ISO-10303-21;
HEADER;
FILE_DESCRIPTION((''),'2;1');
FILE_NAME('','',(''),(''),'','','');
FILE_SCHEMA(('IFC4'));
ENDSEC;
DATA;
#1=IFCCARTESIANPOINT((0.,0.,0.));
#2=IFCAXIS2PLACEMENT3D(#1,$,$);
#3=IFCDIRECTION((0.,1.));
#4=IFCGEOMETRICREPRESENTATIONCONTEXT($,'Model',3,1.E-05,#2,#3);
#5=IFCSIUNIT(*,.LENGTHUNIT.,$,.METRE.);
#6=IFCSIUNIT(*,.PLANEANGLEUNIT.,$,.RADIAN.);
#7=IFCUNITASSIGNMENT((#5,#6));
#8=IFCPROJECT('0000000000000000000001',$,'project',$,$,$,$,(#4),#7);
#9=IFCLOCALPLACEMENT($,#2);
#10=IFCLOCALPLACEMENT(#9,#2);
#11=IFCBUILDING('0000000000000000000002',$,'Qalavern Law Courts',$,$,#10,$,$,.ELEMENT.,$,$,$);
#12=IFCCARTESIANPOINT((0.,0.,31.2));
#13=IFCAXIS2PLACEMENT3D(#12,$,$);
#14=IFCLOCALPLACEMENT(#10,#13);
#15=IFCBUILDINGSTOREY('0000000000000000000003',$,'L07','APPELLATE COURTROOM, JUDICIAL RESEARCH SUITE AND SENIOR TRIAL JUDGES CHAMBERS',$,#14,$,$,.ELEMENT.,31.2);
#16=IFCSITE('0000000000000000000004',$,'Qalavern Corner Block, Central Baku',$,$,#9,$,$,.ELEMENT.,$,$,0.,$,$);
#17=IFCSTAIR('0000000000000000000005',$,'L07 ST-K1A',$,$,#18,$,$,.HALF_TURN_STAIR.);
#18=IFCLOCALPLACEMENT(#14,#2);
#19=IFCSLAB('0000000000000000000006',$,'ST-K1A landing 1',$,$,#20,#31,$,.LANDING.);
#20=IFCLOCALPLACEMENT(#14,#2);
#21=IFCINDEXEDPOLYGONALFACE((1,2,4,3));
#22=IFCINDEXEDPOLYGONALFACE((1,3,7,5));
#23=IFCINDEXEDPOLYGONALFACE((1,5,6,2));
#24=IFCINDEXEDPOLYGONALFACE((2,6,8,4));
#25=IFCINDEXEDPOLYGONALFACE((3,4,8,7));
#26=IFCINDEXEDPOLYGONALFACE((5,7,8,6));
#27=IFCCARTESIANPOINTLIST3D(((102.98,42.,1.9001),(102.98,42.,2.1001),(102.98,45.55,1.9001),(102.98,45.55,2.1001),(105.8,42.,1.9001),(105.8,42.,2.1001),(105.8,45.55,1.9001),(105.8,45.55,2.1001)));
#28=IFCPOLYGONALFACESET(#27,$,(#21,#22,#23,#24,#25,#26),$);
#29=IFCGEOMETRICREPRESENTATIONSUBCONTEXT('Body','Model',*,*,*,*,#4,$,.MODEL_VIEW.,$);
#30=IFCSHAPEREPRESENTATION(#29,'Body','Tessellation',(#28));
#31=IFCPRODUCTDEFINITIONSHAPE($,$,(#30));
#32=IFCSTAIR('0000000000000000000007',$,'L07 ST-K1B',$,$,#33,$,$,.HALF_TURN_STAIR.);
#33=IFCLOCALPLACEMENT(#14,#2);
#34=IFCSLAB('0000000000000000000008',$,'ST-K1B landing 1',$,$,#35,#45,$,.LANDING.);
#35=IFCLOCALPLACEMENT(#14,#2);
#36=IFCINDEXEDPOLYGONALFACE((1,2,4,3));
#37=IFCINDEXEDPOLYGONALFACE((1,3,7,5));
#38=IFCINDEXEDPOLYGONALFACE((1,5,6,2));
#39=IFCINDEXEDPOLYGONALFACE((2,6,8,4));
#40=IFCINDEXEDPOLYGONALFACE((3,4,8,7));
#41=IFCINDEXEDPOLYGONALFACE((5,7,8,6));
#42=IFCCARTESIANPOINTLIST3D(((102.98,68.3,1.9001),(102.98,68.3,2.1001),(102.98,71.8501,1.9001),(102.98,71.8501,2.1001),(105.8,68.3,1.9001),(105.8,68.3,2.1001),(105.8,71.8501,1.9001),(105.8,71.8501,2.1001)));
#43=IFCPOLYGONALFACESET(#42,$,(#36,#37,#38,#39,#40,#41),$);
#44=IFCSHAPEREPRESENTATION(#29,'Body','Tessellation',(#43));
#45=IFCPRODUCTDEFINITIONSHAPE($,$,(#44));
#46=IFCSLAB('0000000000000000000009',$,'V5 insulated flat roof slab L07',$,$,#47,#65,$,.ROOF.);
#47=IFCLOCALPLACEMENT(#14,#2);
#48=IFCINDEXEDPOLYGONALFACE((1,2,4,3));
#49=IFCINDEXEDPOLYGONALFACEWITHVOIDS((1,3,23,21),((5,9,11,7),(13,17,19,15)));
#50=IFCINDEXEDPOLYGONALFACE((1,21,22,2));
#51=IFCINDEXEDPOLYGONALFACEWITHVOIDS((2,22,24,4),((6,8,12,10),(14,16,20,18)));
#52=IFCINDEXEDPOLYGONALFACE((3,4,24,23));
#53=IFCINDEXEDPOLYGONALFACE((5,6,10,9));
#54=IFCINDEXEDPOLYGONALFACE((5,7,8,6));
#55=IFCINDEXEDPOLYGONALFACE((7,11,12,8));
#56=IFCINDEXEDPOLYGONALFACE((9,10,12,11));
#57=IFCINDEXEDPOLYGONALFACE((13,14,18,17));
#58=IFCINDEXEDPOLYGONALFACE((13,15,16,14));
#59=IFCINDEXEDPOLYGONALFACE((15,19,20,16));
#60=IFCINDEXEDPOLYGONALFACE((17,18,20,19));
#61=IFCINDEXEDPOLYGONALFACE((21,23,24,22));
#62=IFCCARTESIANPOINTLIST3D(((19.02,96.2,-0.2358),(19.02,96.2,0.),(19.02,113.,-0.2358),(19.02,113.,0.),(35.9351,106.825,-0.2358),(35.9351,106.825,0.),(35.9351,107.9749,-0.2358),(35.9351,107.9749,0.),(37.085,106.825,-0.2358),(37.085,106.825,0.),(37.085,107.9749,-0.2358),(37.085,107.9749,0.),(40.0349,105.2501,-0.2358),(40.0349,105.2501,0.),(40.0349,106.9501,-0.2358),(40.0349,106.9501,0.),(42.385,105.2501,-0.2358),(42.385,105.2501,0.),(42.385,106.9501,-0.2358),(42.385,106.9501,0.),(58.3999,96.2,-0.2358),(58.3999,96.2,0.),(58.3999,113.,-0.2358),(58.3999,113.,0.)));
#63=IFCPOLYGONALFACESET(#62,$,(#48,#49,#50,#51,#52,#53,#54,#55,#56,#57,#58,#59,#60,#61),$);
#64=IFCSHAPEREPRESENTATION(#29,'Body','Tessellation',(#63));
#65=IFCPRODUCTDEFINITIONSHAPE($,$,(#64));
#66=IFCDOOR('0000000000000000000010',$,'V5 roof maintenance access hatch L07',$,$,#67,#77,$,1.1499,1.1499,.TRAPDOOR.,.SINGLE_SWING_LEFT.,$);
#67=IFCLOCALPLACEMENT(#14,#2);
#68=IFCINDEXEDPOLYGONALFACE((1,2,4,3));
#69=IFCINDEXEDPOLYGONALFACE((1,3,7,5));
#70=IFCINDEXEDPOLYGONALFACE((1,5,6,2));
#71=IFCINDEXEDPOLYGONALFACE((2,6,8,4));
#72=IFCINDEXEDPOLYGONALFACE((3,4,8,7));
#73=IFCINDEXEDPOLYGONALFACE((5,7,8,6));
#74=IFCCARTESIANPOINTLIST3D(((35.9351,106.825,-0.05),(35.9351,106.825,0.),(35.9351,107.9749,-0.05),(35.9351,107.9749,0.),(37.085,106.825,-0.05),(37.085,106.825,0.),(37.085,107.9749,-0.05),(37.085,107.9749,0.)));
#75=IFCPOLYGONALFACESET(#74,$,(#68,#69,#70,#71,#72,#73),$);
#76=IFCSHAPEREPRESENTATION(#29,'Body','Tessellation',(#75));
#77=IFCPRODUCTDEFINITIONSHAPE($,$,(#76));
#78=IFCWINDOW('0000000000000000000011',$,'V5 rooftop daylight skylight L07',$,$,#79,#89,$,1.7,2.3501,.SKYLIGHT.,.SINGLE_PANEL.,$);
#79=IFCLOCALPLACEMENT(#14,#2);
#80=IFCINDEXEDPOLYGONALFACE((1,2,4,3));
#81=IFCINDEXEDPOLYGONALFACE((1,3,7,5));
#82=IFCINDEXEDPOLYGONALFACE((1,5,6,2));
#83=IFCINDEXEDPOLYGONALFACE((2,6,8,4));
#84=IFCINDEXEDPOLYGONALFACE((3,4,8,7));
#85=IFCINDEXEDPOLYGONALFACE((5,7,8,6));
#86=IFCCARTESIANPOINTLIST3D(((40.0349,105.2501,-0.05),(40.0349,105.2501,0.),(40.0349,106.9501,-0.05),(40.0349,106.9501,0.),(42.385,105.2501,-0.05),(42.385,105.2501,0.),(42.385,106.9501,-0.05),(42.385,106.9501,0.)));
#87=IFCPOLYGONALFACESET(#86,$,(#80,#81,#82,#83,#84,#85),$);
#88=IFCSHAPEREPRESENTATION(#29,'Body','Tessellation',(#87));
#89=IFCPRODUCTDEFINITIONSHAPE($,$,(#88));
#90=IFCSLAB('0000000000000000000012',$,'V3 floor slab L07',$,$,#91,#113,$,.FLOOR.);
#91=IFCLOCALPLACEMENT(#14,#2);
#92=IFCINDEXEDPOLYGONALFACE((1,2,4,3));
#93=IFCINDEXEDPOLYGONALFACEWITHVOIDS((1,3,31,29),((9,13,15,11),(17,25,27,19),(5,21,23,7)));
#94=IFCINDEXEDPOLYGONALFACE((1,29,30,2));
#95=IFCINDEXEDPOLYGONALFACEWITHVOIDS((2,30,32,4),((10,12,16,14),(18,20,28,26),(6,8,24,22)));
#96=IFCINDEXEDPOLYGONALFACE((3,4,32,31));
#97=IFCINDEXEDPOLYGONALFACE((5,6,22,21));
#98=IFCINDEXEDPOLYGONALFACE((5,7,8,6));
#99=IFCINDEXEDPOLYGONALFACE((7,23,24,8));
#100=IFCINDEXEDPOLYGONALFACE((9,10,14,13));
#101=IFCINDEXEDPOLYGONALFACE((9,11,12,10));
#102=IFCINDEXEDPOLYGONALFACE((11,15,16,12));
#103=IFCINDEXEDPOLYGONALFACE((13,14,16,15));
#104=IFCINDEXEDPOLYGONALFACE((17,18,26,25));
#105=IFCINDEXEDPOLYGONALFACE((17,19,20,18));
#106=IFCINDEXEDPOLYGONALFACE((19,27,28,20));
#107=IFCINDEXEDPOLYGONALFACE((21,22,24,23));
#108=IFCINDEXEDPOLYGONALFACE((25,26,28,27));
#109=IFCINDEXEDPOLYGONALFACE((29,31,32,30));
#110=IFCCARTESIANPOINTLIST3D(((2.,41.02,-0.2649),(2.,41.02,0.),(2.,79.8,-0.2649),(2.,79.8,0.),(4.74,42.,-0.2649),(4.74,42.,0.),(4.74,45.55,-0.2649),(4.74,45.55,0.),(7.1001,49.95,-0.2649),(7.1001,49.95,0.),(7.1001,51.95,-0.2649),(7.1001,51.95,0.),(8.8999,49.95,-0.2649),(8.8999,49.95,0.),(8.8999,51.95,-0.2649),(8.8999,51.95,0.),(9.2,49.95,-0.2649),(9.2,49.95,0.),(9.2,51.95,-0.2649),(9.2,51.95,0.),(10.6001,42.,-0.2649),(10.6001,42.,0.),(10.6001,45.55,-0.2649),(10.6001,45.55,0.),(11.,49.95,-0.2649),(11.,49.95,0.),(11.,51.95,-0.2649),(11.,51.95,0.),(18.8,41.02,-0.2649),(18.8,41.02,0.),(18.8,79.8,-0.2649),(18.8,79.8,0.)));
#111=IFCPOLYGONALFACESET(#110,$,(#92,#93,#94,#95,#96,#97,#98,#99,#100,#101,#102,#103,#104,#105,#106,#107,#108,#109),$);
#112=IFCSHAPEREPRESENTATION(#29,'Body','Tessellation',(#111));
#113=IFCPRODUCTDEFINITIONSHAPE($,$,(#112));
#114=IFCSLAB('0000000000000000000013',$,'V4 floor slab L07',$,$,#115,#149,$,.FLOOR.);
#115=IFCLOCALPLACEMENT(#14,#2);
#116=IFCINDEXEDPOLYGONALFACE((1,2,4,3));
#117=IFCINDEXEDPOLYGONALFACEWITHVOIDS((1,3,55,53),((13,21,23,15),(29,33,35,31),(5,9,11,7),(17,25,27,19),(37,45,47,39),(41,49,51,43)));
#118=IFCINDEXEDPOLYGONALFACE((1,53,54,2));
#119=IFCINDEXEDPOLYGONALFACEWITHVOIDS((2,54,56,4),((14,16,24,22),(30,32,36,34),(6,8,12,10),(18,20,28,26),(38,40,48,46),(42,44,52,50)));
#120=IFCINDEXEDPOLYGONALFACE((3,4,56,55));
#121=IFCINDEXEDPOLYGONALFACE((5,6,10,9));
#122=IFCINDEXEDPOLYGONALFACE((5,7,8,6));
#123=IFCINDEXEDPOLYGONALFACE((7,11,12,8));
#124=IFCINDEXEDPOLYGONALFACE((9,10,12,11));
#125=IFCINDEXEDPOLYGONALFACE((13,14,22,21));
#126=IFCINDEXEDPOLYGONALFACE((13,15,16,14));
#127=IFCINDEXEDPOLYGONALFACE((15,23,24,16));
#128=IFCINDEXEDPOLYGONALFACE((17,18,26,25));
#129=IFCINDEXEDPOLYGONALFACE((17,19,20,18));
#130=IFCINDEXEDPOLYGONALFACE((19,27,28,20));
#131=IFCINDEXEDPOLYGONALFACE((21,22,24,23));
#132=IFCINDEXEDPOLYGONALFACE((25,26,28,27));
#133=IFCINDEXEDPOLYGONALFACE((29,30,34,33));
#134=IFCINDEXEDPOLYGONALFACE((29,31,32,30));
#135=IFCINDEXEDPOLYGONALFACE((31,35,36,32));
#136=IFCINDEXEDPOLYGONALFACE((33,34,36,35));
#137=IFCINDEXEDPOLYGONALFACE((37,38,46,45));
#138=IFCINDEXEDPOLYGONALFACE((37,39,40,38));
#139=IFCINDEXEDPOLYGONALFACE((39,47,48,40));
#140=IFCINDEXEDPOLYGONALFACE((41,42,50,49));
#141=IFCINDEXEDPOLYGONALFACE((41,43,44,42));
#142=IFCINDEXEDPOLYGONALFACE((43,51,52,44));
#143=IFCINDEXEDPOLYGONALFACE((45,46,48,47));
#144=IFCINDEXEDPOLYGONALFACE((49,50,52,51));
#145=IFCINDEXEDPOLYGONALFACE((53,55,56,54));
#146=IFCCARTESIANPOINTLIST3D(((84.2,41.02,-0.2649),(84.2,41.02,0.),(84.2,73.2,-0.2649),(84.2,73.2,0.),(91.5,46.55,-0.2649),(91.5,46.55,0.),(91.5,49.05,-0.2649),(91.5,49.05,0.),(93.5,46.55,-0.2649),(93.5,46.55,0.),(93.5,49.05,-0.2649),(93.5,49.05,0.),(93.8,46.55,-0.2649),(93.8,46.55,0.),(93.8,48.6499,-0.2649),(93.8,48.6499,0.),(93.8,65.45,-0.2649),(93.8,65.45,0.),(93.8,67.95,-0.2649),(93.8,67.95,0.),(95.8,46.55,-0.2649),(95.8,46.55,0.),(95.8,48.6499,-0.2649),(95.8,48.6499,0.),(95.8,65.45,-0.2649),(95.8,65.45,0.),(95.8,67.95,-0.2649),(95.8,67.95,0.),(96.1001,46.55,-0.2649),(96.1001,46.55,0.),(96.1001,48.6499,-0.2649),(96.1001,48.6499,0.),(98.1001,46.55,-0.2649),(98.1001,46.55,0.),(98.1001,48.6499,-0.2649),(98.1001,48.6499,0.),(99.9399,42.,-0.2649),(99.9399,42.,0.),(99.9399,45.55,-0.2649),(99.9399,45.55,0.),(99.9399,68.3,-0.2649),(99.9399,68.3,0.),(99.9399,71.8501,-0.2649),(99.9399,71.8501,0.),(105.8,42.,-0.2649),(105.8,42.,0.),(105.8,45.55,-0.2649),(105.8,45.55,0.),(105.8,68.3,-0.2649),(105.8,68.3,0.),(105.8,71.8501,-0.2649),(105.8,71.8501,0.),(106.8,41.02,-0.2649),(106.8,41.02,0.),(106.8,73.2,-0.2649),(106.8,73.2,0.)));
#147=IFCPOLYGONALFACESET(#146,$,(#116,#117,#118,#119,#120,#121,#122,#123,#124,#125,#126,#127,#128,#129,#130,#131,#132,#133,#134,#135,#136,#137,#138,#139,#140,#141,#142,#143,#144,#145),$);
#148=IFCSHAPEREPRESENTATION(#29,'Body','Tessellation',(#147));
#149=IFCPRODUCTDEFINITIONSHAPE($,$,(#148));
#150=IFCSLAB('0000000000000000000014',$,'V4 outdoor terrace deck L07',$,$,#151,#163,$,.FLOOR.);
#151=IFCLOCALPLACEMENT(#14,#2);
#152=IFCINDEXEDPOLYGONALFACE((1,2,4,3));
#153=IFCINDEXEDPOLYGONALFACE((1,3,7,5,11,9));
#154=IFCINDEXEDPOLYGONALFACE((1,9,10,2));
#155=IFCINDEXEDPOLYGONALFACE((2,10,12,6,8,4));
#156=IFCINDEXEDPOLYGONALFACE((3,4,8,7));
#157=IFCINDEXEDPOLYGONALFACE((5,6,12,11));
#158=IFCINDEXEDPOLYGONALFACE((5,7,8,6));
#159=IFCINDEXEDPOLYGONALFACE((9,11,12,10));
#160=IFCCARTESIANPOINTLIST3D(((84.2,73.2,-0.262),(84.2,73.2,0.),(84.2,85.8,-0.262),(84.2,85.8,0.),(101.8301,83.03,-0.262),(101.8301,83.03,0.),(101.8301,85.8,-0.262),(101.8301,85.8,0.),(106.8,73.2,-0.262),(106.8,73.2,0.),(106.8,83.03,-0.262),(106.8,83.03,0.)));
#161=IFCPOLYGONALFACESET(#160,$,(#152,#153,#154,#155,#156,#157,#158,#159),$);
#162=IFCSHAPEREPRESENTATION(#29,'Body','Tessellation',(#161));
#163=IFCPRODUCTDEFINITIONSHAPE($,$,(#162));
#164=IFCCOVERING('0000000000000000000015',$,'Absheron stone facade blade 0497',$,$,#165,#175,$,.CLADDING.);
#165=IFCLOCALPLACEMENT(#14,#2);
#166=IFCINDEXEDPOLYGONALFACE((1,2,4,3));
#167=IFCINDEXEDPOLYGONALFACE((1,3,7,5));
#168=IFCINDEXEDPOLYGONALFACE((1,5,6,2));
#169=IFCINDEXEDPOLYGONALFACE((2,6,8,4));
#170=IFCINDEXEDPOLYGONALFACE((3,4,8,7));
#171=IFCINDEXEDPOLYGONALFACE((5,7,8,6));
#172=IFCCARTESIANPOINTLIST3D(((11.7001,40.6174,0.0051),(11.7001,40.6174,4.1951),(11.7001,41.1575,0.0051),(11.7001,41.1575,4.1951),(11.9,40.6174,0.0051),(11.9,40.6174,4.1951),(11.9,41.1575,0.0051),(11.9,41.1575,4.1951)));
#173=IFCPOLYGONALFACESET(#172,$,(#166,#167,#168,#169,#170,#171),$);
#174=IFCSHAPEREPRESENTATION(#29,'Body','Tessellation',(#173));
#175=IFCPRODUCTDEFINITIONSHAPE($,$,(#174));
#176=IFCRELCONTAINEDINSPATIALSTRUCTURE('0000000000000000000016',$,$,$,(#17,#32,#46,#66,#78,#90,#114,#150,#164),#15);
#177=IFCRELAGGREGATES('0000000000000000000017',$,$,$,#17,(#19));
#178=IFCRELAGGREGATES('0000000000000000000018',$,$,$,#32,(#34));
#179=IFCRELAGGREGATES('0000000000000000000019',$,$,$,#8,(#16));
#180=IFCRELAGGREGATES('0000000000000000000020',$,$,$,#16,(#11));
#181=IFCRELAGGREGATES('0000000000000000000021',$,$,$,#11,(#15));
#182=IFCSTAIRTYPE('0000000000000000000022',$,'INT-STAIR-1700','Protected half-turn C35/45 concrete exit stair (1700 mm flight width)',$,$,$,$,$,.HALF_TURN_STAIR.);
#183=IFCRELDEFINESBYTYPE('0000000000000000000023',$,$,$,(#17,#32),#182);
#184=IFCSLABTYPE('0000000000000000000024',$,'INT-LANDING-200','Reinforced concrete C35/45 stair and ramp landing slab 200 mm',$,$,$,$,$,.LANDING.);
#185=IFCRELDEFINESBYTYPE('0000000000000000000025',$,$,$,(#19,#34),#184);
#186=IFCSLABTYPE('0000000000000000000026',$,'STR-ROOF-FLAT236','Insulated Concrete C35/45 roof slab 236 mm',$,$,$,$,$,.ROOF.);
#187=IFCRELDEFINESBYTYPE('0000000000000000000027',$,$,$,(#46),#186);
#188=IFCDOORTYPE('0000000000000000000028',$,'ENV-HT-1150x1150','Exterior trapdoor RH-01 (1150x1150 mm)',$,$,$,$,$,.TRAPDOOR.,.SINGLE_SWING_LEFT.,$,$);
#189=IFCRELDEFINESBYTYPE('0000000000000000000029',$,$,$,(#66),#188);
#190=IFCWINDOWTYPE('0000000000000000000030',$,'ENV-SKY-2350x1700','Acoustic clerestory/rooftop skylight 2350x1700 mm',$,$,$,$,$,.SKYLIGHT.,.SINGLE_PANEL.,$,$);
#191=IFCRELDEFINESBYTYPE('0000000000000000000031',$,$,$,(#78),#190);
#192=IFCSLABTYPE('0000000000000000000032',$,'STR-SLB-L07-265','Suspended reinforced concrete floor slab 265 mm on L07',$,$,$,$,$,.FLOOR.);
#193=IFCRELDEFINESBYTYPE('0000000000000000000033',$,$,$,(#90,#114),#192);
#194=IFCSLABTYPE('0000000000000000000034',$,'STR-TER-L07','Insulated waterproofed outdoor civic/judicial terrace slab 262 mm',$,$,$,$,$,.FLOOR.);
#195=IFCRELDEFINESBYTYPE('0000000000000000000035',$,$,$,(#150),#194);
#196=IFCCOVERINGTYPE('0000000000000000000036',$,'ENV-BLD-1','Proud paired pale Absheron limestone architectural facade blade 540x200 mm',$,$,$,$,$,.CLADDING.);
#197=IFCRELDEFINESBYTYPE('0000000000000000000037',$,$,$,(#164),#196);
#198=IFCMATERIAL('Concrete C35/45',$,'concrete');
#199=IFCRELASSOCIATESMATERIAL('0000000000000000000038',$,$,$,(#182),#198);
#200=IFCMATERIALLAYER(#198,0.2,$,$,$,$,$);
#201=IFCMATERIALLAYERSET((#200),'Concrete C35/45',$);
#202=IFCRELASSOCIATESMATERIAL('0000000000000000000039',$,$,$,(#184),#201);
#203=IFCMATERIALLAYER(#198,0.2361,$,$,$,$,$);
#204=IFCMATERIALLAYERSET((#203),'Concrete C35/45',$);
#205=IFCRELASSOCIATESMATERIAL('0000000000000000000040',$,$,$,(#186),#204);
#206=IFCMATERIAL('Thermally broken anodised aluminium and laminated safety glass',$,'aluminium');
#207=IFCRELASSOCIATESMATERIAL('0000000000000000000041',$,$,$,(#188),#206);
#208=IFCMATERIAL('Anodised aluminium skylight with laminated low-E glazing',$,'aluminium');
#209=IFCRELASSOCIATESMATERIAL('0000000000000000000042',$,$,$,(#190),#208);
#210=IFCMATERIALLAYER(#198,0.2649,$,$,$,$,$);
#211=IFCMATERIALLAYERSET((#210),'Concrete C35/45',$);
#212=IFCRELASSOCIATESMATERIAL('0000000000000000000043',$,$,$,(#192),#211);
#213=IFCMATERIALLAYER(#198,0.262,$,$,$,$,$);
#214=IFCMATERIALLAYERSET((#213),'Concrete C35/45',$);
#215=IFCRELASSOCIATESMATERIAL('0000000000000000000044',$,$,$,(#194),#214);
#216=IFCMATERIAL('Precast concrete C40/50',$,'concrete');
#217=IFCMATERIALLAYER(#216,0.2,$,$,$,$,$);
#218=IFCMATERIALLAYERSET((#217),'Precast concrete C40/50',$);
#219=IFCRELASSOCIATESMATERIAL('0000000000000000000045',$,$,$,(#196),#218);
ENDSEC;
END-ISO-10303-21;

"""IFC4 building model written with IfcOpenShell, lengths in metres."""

from ifc_helpers import new_model, si_unit, direction, frame, origin, origin_2d, place, context, subcontext, project, spatial, polyline, rectangle, outline, extrude, material, layer, layer_set, type_object, element, fill, aggregate, save


model = new_model("IFC4")

# Units and contexts
model_context = context("Model", 3, precision=1e-05, world=origin(), true_north=direction((0.0, 1.0)))
body_context = subcontext(model_context, "Body", "Model", "MODEL_VIEW")
ifc_project = project(units=[si_unit("LENGTHUNIT", "METRE"), si_unit("PLANEANGLEUNIT", "RADIAN")], contexts=[model_context])

# Site, building, storey
site_placement = place(None, origin())
site = spatial("IfcSite", under=ifc_project, at=site_placement, Name="Qalavern Corner Block, Central Baku", CompositionType="ELEMENT", RefElevation=0.0)
building_placement = place(site_placement, origin())
building = spatial("IfcBuilding", under=site, at=building_placement, Name="Qalavern Law Courts", CompositionType="ELEMENT")
storey_placement = place(building_placement, frame((0.0, 0.0, 31.2)))
storey = spatial("IfcBuildingStorey", under=building, at=storey_placement, Name="L07", Description="APPELLATE COURTROOM, JUDICIAL RESEARCH SUITE AND SENIOR TRIAL JUDGES CHAMBERS", CompositionType="ELEMENT", Elevation=31.2)

# Stairs, slabs
ifc_material_1 = material(Name="Concrete C35/45", Category="concrete")
stair_type = type_object("IfcStairType", Name="INT-STAIR-1700", Description="Protected half-turn C35/45 concrete exit stair (1700 mm flight width)", PredefinedType="HALF_TURN_STAIR", material=ifc_material_1)
stair_1_placement = place(storey_placement, origin())
stair_1 = element("IfcStair", 1, at=stair_1_placement, inside=storey, type_object=stair_type, Name="L07 ST-K1A", PredefinedType="HALF_TURN_STAIR")
ifc_layer_1 = layer(ifc_material_1, 0.2)
ifc_layer_set_1 = layer_set([ifc_layer_1], Name="Concrete C35/45")
slab_type_1 = type_object("IfcSlabType", Name="INT-LANDING-200", Description="Reinforced concrete C35/45 stair and ramp landing slab 200 mm", PredefinedType="LANDING", material=ifc_layer_set_1)
slab_1_placement = place(storey_placement, frame((0.0, 0.0, 1.9001)))
slab_1 = element("IfcSlab", 2, at=slab_1_placement, type_object=slab_type_1, Name="ST-K1A landing 1", PredefinedType="LANDING", context=body_context, shape_type="SweptSolid", body=[
    extrude(outline(polyline([(102.98, 42.0), (105.8, 42.0), (105.8, 45.55), (102.98, 45.55), (102.98, 42.0)])), origin(), (0.0, 0.0, 1.0), 0.2),
])
aggregate(stair_1, [slab_1])
stair_2_placement = place(storey_placement, origin())
stair_2 = element("IfcStair", 3, at=stair_2_placement, inside=storey, type_object=stair_type, Name="L07 ST-K1B", PredefinedType="HALF_TURN_STAIR")
slab_2_placement = place(storey_placement, frame((0.0, 0.0, 1.9001)))
slab_2 = element("IfcSlab", 4, at=slab_2_placement, type_object=slab_type_1, Name="ST-K1B landing 1", PredefinedType="LANDING", context=body_context, shape_type="SweptSolid", body=[
    extrude(outline(polyline([(102.98, 68.3), (105.8, 68.3), (105.8, 71.8501), (102.98, 71.8501), (102.98, 68.3)])), origin(), (0.0, 0.0, 1.0), 0.2),
])
aggregate(stair_2, [slab_2])

# Slab, openings, door, window
ifc_layer_2 = layer(ifc_material_1, 0.2361)
ifc_layer_set_2 = layer_set([ifc_layer_2], Name="Concrete C35/45")
slab_type_2 = type_object("IfcSlabType", Name="STR-ROOF-FLAT236", Description="Insulated Concrete C35/45 roof slab 236 mm", PredefinedType="ROOF", material=ifc_layer_set_2)
slab_3_placement = place(storey_placement, frame((0.0, 0.0, -0.2358)))
slab_3 = element("IfcSlab", 5, at=slab_3_placement, inside=storey, type_object=slab_type_2, Name="V5 insulated flat roof slab L07", PredefinedType="ROOF", context=body_context, shape_type="SweptSolid", body=[
    extrude(outline(polyline([(19.02, 96.2), (58.3999, 96.2), (58.3999, 113.0), (19.02, 113.0), (19.02, 96.2)])), origin(), (0.0, 0.0, 1.0), 0.2358),
])
opening_1_placement = place(slab_3_placement, frame((36.51, 107.3999, 0.0)))
opening_1 = element("IfcOpeningElement", 6, at=opening_1_placement, cuts=slab_3, PredefinedType="OPENING", context=body_context, shape_type="SweptSolid", body=[
    extrude(rectangle(XDim=1.1499, YDim=1.1499, at=origin_2d()), frame((0.0, 0.0, -0.0149)), (0.0, 0.0, 1.0), 0.2656),
])
opening_2_placement = place(slab_3_placement, frame((41.21, 106.1001, 0.0)))
opening_2 = element("IfcOpeningElement", 7, at=opening_2_placement, cuts=slab_3, PredefinedType="OPENING", context=body_context, shape_type="SweptSolid", body=[
    extrude(rectangle(XDim=2.3501, YDim=1.7, at=origin_2d()), frame((0.0, 0.0, -0.0149)), (0.0, 0.0, 1.0), 0.2656),
])
ifc_material_2 = material(Name="Thermally broken anodised aluminium and laminated safety glass", Category="aluminium")
door_type = type_object("IfcDoorType", Name="ENV-HT-1150x1150", Description="Exterior trapdoor RH-01 (1150x1150 mm)", OperationType="SINGLE_SWING_LEFT", PredefinedType="TRAPDOOR", material=ifc_material_2)
door_placement = place(opening_1_placement, frame((0.0, 0.0, 0.1858)))
door = element("IfcDoor", 8, at=door_placement, inside=storey, type_object=door_type, Name="V5 roof maintenance access hatch L07", OperationType="SINGLE_SWING_LEFT", OverallHeight=1.1499, OverallWidth=1.1499, PredefinedType="TRAPDOOR", context=body_context, shape_type="SweptSolid", body=[
    extrude(rectangle(XDim=1.1499, YDim=1.1499, at=origin_2d()), origin(), (0.0, 0.0, 1.0), 0.05),
])
fill(opening_1, door)
ifc_material_3 = material(Name="Anodised aluminium skylight with laminated low-E glazing", Category="aluminium")
window_type = type_object("IfcWindowType", Name="ENV-SKY-2350x1700", Description="Acoustic clerestory/rooftop skylight 2350x1700 mm", PartitioningType="SINGLE_PANEL", PredefinedType="SKYLIGHT", material=ifc_material_3)
window_placement = place(opening_2_placement, frame((0.0, 0.0, 0.1858)))
window = element("IfcWindow", 9, at=window_placement, inside=storey, type_object=window_type, Name="V5 rooftop daylight skylight L07", OverallHeight=1.7, OverallWidth=2.3501, PartitioningType="SINGLE_PANEL", PredefinedType="SKYLIGHT", context=body_context, shape_type="SweptSolid", body=[
    extrude(rectangle(XDim=2.3501, YDim=1.7, at=origin_2d()), origin(), (0.0, 0.0, 1.0), 0.05),
])
fill(opening_2, window)

# Slabs
ifc_layer_3 = layer(ifc_material_1, 0.2649)
ifc_layer_set_3 = layer_set([ifc_layer_3], Name="Concrete C35/45")
slab_type_3 = type_object("IfcSlabType", Name="STR-SLB-L07-265", Description="Suspended reinforced concrete floor slab 265 mm on L07", PredefinedType="FLOOR", material=ifc_layer_set_3)
slab_4_placement = place(storey_placement, frame((0.0, 0.0, -0.2649)))
element("IfcSlab", 10, at=slab_4_placement, inside=storey, type_object=slab_type_3, Name="V3 floor slab L07", PredefinedType="FLOOR", context=body_context, shape_type="SweptSolid", body=[
    extrude(outline(polyline([(2.0, 41.02), (18.8, 41.02), (18.8, 79.8), (2.0, 79.8), (2.0, 41.02)]), holes=[polyline([(4.74, 42.0), (10.6001, 42.0), (10.6001, 45.55), (4.74, 45.55), (4.74, 42.0)]), polyline([(7.1001, 49.95), (8.8999, 49.95), (8.8999, 51.95), (7.1001, 51.95), (7.1001, 49.95)]), polyline([(9.2, 49.95), (11.0, 49.95), (11.0, 51.95), (9.2, 51.95), (9.2, 49.95)])]), origin(), (0.0, 0.0, 1.0), 0.2649),
])
slab_5_placement = place(storey_placement, frame((0.0, 0.0, -0.2649)))
element("IfcSlab", 11, at=slab_5_placement, inside=storey, type_object=slab_type_3, Name="V4 floor slab L07", PredefinedType="FLOOR", context=body_context, shape_type="SweptSolid", body=[
    extrude(outline(polyline([(84.2, 41.02), (106.8, 41.02), (106.8, 73.2), (84.2, 73.2), (84.2, 41.02)]), holes=[polyline([(99.9399, 42.0), (105.8, 42.0), (105.8, 45.55), (99.9399, 45.55), (99.9399, 42.0)]), polyline([(91.5, 46.55), (93.5, 46.55), (93.5, 49.05), (91.5, 49.05), (91.5, 46.55)]), polyline([(93.8, 46.55), (95.8, 46.55), (95.8, 48.6499), (93.8, 48.6499), (93.8, 46.55)]), polyline([(96.1001, 46.55), (98.1001, 46.55), (98.1001, 48.6499), (96.1001, 48.6499), (96.1001, 46.55)]), polyline([(99.9399, 68.3), (105.8, 68.3), (105.8, 71.8501), (99.9399, 71.8501), (99.9399, 68.3)]), polyline([(93.8, 65.45), (95.8, 65.45), (95.8, 67.95), (93.8, 67.95), (93.8, 65.45)])]), origin(), (0.0, 0.0, 1.0), 0.2649),
])
ifc_layer_4 = layer(ifc_material_1, 0.262)
ifc_layer_set_4 = layer_set([ifc_layer_4], Name="Concrete C35/45")
slab_type_4 = type_object("IfcSlabType", Name="STR-TER-L07", Description="Insulated waterproofed outdoor civic/judicial terrace slab 262 mm", PredefinedType="FLOOR", material=ifc_layer_set_4)
slab_6_placement = place(storey_placement, frame((0.0, 0.0, -0.262)))
element("IfcSlab", 12, at=slab_6_placement, inside=storey, type_object=slab_type_4, Name="V4 outdoor terrace deck L07", PredefinedType="FLOOR", context=body_context, shape_type="SweptSolid", body=[
    extrude(outline(polyline([(84.2, 73.2), (106.8, 73.2), (106.8, 83.03), (101.8301, 83.03), (101.8301, 85.8), (84.2, 85.8), (84.2, 73.2)])), origin(), (0.0, 0.0, 1.0), 0.262),
])

# Covering
ifc_material_4 = material(Name="Precast concrete C40/50", Category="concrete")
ifc_layer_5 = layer(ifc_material_4, 0.2)
ifc_layer_set_5 = layer_set([ifc_layer_5], Name="Precast concrete C40/50")
covering_type_1 = type_object("IfcCoveringType", Name="ENV-BLD-1", Description="Proud paired pale Absheron limestone architectural facade blade 540x200 mm", PredefinedType="CLADDING", material=ifc_layer_set_5)
for number, where, z_axis, x_axis, name in (
    (13, (11.8, 40.8875, 0.0051), (0.0, 0.0, 1.0), (0.0, -1.0, 0.0), "Absheron stone facade blade 0497"),
):
    element("IfcCovering", number, at=place(storey_placement, frame(where, z_axis=z_axis, x_axis=x_axis)), inside=storey, type_object=covering_type_1, Name=name, PredefinedType="CLADDING", context=body_context, shape_type="SweptSolid", body=[
        extrude(rectangle(XDim=0.54, YDim=0.2, at=origin_2d()), origin(), (0.0, 0.0, 1.0), 4.1899),
    ])

save(model, "model.ifc")
